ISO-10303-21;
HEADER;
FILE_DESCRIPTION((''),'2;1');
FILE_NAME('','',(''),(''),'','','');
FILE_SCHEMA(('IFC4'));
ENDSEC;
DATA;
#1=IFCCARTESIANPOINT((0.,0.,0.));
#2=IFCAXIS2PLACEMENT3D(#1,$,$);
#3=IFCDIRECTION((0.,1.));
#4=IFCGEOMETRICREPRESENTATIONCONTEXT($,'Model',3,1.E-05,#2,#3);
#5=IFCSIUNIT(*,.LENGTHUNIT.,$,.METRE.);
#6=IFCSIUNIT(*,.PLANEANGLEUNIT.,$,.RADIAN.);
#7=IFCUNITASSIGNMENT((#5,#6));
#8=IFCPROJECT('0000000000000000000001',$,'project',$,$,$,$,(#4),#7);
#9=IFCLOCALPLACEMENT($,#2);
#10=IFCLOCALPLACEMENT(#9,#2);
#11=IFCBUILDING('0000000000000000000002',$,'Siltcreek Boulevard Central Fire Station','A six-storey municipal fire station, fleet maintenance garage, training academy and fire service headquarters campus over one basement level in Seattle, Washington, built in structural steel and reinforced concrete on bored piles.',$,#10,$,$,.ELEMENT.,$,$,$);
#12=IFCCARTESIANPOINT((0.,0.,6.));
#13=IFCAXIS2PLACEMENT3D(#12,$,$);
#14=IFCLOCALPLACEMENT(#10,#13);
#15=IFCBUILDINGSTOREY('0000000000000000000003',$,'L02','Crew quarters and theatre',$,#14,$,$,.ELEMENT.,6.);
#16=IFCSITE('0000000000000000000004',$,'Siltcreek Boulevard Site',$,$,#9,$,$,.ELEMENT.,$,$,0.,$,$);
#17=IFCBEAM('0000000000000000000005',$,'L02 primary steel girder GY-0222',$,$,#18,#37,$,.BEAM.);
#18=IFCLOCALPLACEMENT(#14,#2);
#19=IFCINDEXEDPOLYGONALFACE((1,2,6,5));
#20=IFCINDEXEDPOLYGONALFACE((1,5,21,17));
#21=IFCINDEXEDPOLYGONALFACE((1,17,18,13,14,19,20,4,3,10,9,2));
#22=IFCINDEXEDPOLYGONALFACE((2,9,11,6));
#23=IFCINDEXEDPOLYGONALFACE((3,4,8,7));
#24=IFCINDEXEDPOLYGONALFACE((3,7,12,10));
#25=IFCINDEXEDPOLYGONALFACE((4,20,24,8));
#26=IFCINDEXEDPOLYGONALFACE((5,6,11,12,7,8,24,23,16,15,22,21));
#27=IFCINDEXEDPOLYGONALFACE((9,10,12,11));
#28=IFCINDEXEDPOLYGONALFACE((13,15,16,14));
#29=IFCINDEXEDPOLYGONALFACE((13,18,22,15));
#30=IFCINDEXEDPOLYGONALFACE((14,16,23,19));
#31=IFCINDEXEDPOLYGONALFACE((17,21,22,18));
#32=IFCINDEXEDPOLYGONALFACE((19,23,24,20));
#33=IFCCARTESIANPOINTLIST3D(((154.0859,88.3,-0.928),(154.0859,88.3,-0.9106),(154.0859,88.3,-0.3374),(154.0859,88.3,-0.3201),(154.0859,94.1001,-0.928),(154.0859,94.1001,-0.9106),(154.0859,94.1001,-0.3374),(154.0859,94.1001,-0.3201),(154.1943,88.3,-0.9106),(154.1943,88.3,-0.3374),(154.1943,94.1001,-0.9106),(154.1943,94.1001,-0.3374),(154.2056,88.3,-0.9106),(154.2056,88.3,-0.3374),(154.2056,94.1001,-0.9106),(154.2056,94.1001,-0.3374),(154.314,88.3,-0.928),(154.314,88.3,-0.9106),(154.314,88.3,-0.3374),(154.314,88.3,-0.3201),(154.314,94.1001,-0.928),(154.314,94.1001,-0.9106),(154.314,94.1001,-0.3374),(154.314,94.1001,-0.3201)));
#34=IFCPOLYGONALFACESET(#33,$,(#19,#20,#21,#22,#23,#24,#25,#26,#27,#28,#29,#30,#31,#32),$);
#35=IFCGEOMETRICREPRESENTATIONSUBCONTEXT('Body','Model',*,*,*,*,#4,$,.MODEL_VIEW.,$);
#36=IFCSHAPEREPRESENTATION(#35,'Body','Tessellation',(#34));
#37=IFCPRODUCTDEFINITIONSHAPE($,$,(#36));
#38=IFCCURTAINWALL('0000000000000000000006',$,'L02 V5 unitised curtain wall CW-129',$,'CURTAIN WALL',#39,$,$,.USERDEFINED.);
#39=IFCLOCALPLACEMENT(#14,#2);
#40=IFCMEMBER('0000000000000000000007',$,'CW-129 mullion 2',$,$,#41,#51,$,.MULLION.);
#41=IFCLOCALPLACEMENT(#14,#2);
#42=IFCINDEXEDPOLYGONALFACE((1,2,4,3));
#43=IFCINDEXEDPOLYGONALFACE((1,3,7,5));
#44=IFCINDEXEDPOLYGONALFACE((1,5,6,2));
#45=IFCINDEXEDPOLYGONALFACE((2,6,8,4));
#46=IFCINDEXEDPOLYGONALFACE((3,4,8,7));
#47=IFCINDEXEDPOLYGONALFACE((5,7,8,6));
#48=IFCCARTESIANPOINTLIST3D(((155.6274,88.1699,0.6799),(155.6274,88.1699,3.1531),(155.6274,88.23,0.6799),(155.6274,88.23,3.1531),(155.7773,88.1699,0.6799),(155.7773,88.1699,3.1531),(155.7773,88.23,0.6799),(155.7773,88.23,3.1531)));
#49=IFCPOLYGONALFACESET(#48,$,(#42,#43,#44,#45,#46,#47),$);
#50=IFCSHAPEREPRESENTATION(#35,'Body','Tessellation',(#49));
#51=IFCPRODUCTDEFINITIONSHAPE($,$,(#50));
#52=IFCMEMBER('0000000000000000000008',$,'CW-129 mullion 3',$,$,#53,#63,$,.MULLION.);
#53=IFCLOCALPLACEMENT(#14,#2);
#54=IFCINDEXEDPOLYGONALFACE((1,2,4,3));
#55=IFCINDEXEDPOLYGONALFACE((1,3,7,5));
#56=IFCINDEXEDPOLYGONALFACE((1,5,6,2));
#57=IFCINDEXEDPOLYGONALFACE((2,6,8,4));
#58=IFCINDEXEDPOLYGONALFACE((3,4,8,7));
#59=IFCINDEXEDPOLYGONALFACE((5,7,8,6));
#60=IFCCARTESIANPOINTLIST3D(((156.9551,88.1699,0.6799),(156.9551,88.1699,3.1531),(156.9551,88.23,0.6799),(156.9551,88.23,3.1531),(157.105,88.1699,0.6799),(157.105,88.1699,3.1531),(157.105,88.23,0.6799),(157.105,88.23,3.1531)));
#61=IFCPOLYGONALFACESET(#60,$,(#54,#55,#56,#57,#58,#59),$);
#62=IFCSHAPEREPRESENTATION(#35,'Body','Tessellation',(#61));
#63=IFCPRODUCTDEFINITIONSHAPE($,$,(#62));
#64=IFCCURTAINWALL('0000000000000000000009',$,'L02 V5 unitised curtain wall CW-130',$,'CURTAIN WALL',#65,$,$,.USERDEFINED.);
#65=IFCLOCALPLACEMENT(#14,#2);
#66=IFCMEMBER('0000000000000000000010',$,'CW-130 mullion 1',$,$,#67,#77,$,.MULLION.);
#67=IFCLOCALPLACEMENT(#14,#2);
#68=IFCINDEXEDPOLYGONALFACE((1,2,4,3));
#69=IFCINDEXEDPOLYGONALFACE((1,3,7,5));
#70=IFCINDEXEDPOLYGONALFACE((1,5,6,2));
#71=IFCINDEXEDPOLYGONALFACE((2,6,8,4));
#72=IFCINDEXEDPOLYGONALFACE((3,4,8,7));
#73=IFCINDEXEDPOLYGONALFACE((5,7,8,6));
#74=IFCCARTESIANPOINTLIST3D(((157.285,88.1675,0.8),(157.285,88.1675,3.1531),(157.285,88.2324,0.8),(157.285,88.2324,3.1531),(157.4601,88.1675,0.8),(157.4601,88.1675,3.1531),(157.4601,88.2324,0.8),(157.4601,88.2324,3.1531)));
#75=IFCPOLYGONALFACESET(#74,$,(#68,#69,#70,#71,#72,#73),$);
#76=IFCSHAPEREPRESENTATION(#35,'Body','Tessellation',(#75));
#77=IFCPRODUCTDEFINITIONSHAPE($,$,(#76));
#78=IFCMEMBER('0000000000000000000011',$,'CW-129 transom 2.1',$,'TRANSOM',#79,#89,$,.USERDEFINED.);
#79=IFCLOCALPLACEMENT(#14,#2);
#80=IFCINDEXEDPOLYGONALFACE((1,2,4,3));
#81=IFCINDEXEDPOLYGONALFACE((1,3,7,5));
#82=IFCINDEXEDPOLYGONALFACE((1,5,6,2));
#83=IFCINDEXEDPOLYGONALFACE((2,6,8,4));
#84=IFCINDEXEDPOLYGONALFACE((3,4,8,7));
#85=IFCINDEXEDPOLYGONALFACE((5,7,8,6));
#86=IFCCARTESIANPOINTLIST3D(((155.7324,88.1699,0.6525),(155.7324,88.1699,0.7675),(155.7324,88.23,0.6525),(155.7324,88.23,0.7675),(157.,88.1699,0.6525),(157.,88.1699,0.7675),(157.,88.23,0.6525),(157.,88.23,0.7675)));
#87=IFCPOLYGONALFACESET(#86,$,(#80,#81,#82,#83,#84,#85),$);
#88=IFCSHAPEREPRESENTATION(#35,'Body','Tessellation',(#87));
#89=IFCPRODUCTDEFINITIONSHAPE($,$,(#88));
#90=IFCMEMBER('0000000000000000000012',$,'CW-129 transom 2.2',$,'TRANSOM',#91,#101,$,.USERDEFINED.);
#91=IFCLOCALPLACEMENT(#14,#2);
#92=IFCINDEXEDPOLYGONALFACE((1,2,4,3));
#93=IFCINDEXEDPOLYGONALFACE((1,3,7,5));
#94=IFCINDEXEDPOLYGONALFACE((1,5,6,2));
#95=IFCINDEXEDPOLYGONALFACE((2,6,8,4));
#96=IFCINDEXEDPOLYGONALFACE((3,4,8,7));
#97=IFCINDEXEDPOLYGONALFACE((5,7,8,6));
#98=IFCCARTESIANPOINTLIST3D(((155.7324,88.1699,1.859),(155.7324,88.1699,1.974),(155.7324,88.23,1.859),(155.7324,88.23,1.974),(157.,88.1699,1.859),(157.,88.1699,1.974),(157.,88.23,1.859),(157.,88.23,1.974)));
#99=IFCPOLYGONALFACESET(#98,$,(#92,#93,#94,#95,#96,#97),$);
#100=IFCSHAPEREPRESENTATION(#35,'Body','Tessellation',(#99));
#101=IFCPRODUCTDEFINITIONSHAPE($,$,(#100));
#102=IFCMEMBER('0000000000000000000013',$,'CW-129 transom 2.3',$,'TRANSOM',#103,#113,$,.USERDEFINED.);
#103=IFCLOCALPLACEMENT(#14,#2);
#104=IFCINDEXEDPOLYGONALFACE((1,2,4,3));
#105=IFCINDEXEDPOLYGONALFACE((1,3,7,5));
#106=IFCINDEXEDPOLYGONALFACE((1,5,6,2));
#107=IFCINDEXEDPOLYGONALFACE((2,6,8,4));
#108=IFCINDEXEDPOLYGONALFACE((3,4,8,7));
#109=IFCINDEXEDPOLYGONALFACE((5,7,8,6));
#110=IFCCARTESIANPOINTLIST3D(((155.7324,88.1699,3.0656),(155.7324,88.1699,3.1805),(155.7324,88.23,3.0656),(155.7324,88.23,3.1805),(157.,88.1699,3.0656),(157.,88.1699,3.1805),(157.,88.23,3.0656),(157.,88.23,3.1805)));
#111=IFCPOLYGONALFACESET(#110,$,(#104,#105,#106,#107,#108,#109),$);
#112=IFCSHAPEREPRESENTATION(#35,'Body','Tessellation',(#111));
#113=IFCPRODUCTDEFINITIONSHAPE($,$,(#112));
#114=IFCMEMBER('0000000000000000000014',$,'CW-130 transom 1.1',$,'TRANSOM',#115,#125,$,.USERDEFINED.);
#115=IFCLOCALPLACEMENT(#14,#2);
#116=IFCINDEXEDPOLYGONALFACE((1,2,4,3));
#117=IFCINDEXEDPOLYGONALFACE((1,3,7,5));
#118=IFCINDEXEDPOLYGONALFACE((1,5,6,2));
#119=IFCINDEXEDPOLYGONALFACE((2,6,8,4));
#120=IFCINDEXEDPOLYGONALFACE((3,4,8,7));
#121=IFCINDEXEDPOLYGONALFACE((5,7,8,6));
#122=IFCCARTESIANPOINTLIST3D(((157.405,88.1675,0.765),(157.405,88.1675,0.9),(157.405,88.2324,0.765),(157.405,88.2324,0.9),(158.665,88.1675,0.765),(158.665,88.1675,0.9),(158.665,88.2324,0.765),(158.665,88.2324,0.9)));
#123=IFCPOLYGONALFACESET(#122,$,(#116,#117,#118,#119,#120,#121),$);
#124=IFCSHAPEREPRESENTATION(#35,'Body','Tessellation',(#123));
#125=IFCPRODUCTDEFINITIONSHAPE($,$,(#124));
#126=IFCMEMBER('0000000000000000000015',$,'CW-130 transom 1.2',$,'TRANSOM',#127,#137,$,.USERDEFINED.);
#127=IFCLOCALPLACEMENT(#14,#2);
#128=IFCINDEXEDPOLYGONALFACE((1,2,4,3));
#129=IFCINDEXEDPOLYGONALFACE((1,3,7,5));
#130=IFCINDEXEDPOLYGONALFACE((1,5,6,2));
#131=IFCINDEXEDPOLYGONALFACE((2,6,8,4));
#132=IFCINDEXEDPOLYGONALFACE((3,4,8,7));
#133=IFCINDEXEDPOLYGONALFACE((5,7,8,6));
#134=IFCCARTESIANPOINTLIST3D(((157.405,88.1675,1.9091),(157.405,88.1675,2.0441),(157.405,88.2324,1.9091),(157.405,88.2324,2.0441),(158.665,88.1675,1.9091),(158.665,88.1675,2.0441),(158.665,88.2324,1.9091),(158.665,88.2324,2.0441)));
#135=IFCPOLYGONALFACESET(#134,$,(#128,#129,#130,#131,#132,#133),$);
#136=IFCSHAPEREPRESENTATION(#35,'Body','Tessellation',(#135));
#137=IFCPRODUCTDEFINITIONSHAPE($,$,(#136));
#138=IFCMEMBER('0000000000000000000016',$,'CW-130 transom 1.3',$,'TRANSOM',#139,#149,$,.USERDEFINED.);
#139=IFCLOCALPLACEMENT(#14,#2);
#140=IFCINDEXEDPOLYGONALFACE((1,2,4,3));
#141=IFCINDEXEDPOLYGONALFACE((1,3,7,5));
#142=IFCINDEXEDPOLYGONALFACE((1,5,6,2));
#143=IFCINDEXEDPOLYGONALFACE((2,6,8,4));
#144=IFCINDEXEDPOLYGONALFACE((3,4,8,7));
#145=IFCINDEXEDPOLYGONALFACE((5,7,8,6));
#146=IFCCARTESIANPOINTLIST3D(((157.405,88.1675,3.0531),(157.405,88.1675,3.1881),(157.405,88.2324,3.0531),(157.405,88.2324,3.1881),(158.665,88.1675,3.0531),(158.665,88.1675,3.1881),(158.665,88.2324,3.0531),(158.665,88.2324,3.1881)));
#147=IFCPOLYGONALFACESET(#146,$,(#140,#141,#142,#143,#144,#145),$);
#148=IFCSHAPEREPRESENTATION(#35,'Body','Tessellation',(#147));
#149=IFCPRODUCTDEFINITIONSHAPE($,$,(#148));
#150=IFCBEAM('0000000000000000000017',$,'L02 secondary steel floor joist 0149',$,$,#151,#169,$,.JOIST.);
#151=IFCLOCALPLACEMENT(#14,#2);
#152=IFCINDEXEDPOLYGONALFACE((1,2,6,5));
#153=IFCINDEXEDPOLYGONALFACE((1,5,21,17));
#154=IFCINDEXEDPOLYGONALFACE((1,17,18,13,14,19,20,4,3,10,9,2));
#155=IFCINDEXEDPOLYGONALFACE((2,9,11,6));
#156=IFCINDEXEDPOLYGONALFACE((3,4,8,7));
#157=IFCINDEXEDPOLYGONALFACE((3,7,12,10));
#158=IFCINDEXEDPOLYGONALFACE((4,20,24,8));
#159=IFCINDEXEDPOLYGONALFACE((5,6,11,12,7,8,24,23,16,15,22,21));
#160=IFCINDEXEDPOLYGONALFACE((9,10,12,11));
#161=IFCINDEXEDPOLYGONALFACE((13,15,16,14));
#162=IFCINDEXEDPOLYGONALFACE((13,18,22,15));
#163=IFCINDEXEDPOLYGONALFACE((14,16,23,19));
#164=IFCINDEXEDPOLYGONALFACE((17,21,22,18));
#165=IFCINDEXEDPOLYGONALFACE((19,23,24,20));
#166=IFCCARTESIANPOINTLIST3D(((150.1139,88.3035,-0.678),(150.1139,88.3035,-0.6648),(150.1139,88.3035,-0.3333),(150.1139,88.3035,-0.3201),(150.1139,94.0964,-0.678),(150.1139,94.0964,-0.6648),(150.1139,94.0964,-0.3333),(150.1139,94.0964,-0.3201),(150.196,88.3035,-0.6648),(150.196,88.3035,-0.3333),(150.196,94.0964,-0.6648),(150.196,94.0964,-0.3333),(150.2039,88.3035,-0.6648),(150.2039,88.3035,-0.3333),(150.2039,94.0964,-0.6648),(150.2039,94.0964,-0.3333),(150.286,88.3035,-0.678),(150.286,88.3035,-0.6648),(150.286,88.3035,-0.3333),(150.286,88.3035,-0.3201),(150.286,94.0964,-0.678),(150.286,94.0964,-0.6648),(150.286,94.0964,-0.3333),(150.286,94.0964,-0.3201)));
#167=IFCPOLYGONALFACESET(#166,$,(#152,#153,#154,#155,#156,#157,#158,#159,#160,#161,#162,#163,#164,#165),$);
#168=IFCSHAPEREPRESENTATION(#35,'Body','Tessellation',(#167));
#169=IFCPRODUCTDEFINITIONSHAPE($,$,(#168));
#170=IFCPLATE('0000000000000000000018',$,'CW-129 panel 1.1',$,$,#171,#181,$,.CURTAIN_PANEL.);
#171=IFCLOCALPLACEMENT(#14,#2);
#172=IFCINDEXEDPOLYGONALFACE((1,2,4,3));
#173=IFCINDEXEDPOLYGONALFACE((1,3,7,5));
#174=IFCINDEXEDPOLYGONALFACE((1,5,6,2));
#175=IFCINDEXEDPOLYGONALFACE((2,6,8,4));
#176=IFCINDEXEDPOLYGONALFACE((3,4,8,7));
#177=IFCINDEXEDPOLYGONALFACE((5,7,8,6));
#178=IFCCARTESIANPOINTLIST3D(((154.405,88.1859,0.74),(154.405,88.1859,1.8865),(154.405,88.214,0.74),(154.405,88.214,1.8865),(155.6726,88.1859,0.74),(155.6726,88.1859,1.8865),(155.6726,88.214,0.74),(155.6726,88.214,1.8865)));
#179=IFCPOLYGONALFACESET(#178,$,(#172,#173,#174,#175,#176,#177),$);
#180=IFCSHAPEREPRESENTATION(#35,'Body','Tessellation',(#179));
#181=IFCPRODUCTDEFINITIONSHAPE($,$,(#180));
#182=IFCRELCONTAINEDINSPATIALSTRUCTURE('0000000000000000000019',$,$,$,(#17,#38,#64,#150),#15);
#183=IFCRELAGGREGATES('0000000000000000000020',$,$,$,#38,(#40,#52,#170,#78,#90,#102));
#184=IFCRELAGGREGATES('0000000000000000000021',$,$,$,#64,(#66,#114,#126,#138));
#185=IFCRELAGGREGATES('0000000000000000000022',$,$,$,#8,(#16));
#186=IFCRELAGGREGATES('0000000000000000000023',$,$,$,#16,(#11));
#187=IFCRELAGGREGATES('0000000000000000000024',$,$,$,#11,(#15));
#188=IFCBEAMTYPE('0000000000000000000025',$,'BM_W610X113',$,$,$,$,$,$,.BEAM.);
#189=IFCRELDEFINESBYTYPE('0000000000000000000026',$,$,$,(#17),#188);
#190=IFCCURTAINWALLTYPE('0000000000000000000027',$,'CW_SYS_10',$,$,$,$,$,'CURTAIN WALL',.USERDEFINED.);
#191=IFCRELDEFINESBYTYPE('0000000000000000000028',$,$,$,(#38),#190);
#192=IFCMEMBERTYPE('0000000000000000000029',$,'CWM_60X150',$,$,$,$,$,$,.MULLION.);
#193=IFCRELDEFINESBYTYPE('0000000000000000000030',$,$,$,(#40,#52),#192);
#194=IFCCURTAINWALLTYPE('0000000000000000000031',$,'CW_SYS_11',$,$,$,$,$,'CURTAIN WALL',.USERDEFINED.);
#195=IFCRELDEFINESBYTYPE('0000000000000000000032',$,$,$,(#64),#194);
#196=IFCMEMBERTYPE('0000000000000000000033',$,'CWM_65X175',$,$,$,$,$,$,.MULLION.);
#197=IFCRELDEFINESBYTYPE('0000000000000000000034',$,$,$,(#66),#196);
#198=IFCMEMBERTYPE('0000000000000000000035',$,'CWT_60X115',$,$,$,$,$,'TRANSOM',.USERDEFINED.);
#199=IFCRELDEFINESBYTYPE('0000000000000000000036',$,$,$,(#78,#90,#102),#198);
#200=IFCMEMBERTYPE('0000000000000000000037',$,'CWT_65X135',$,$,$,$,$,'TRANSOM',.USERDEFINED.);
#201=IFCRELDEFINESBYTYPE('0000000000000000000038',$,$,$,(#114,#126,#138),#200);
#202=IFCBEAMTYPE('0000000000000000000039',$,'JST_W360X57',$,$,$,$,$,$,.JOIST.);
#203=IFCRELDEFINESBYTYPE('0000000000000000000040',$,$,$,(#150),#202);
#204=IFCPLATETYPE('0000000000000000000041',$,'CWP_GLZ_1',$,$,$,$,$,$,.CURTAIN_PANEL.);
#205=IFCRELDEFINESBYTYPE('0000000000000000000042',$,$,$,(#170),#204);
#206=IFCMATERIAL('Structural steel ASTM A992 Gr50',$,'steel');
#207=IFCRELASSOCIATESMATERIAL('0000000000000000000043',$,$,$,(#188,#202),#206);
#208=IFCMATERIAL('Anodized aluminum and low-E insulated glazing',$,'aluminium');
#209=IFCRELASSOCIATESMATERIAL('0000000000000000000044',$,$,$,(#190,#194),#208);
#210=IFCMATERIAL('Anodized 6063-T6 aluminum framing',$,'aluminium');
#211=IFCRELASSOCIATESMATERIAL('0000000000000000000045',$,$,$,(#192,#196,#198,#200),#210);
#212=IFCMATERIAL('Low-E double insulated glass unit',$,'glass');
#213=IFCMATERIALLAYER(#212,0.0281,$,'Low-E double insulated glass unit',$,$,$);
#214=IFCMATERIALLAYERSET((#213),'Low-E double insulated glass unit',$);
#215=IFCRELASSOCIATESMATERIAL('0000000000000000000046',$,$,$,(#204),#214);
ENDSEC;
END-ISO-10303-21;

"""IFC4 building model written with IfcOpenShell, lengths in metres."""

from ifc_helpers import new_model, si_unit, direction, frame, origin, origin_2d, place, context, subcontext, project, spatial, rectangle, i_section, extrude, material, layer, layer_set, material_profile, profile_set, type_object, element, aggregate, save


model = new_model("IFC4")

# Units and contexts
model_context = context("Model", 3, precision=1e-05, world=origin(), true_north=direction((0.0, 1.0)))
body_context = subcontext(model_context, "Body", "Model", "MODEL_VIEW")
ifc_project = project(units=[si_unit("LENGTHUNIT", "METRE"), si_unit("PLANEANGLEUNIT", "RADIAN")], contexts=[model_context])

# Site, building, storey
site_placement = place(None, origin())
site = spatial("IfcSite", under=ifc_project, at=site_placement, Name="Siltcreek Boulevard Site", CompositionType="ELEMENT", RefElevation=0.0)
building_placement = place(site_placement, origin())
building = spatial("IfcBuilding", under=site, at=building_placement, Name="Siltcreek Boulevard Central Fire Station", Description="A six-storey municipal fire station, fleet maintenance garage, training academy and fire service headquarters campus over one basement level in Seattle, Washington, built in structural steel and reinforced concrete on bored piles.", CompositionType="ELEMENT")
storey_placement = place(building_placement, frame((0.0, 0.0, 6.0)))
storey = spatial("IfcBuildingStorey", under=building, at=storey_placement, Name="L02", Description="Crew quarters and theatre", CompositionType="ELEMENT", Elevation=6.0)

# Beam
ifc_material_1 = material(Name="Structural steel ASTM A992 Gr50", Category="steel")
ifc_material_profile_1 = material_profile(ifc_material_1, i_section(OverallWidth=0.228, OverallDepth=0.6079, WebThickness=0.0112, FlangeThickness=0.0173, at=origin_2d()), Name="W610X113")
ifc_profile_set_1 = profile_set([ifc_material_profile_1], Name="Structural steel ASTM A992 Gr50")
beam_type_1 = type_object("IfcBeamType", Name="BM_W610X113", PredefinedType="BEAM", material=ifc_profile_set_1)
beam_1_placement = place(storey_placement, frame((154.2, 88.3, -0.624), z_axis=(0.0, 1.0, 0.0), x_axis=(-1.0, 0.0, 0.0)))
element("IfcBeam", 1, at=beam_1_placement, inside=storey, type_object=beam_type_1, Name="L02 primary steel girder GY-0222", PredefinedType="BEAM", context=body_context, shape_type="SweptSolid", body=[
    extrude(i_section(OverallWidth=0.228, OverallDepth=0.6079, WebThickness=0.0112, FlangeThickness=0.0173, at=origin_2d()), origin(), (0.0, 0.0, 1.0), 5.8),
])

# Curtain wall, members
ifc_material_2 = material(Name="Anodized aluminum and low-E insulated glazing", Category="aluminium")
curtain_wall_type_1 = type_object("IfcCurtainWallType", Name="CW_SYS_10", ElementType="CURTAIN WALL", PredefinedType="USERDEFINED", material=ifc_material_2)
curtain_wall_1_placement = place(storey_placement, origin())
curtain_wall_1 = element("IfcCurtainWall", 2, at=curtain_wall_1_placement, inside=storey, type_object=curtain_wall_type_1, Name="L02 V5 unitised curtain wall CW-129", ObjectType="CURTAIN WALL", PredefinedType="USERDEFINED")
ifc_material_3 = material(Name="Anodized 6063-T6 aluminum framing", Category="aluminium")
ifc_material_profile_2 = material_profile(ifc_material_3, rectangle(XDim=0.0601, YDim=0.1499, at=origin_2d()), Name="MULL60X150")
ifc_profile_set_2 = profile_set([ifc_material_profile_2], Name="Anodized 6063-T6 aluminum framing")
member_type_1 = type_object("IfcMemberType", Name="CWM_60X150", PredefinedType="MULLION", material=ifc_profile_set_2)
member_1_placement = place(storey_placement, frame((155.7024, 88.2, 0.6799), z_axis=(0.0, 0.0, 1.0), x_axis=(0.0, 1.0, 0.0)))
member_1 = element("IfcMember", 3, at=member_1_placement, type_object=member_type_1, Name="CW-129 mullion 2", PredefinedType="MULLION", context=body_context, shape_type="SweptSolid", body=[
    extrude(rectangle(XDim=0.0601, YDim=0.1499, at=origin_2d()), origin(), (0.0, 0.0, 1.0), 2.4731),
])
member_2_placement = place(storey_placement, frame((157.03, 88.2, 0.6799), z_axis=(0.0, 0.0, 1.0), x_axis=(0.0, 1.0, 0.0)))
member_2 = element("IfcMember", 4, at=member_2_placement, type_object=member_type_1, Name="CW-129 mullion 3", PredefinedType="MULLION", context=body_context, shape_type="SweptSolid", body=[
    extrude(rectangle(XDim=0.0601, YDim=0.1499, at=origin_2d()), origin(), (0.0, 0.0, 1.0), 2.4731),
])

# Curtain wall, member
curtain_wall_type_2 = type_object("IfcCurtainWallType", Name="CW_SYS_11", ElementType="CURTAIN WALL", PredefinedType="USERDEFINED", material=ifc_material_2)
curtain_wall_2_placement = place(storey_placement, origin())
curtain_wall_2 = element("IfcCurtainWall", 5, at=curtain_wall_2_placement, inside=storey, type_object=curtain_wall_type_2, Name="L02 V5 unitised curtain wall CW-130", ObjectType="CURTAIN WALL", PredefinedType="USERDEFINED")
ifc_material_profile_3 = material_profile(ifc_material_3, rectangle(XDim=0.0649, YDim=0.175, at=origin_2d()), Name="MULL65X175")
ifc_profile_set_3 = profile_set([ifc_material_profile_3], Name="Anodized 6063-T6 aluminum framing")
member_type_2 = type_object("IfcMemberType", Name="CWM_65X175", PredefinedType="MULLION", material=ifc_profile_set_3)
member_3_placement = place(storey_placement, frame((157.3726, 88.2, 0.8), z_axis=(0.0, 0.0, 1.0), x_axis=(0.0, 1.0, 0.0)))
member_3 = element("IfcMember", 6, at=member_3_placement, type_object=member_type_2, Name="CW-130 mullion 1", PredefinedType="MULLION", context=body_context, shape_type="SweptSolid", body=[
    extrude(rectangle(XDim=0.0649, YDim=0.175, at=origin_2d()), origin(), (0.0, 0.0, 1.0), 2.353),
])

# Members
ifc_material_profile_4 = material_profile(ifc_material_3, rectangle(XDim=0.0601, YDim=0.115, at=origin_2d()), Name="TRAN60X115")
ifc_profile_set_4 = profile_set([ifc_material_profile_4], Name="Anodized 6063-T6 aluminum framing")
member_type_3 = type_object("IfcMemberType", Name="CWT_60X115", ElementType="TRANSOM", PredefinedType="USERDEFINED", material=ifc_profile_set_4)
member_4_placement = place(storey_placement, frame((155.7324, 88.2, 0.71), z_axis=(1.0, 0.0, 0.0), x_axis=(0.0, 1.0, 0.0)))
member_4 = element("IfcMember", 7, at=member_4_placement, type_object=member_type_3, Name="CW-129 transom 2.1", ObjectType="TRANSOM", PredefinedType="USERDEFINED", context=body_context, shape_type="SweptSolid", body=[
    extrude(rectangle(XDim=0.0601, YDim=0.115, at=origin_2d()), origin(), (0.0, 0.0, 1.0), 1.2676),
])
member_5_placement = place(storey_placement, frame((155.7324, 88.2, 1.9165), z_axis=(1.0, 0.0, 0.0), x_axis=(0.0, 1.0, 0.0)))
member_5 = element("IfcMember", 8, at=member_5_placement, type_object=member_type_3, Name="CW-129 transom 2.2", ObjectType="TRANSOM", PredefinedType="USERDEFINED", context=body_context, shape_type="SweptSolid", body=[
    extrude(rectangle(XDim=0.0601, YDim=0.115, at=origin_2d()), origin(), (0.0, 0.0, 1.0), 1.2676),
])
member_6_placement = place(storey_placement, frame((155.7324, 88.2, 3.123), z_axis=(1.0, 0.0, 0.0), x_axis=(0.0, 1.0, 0.0)))
member_6 = element("IfcMember", 9, at=member_6_placement, type_object=member_type_3, Name="CW-129 transom 2.3", ObjectType="TRANSOM", PredefinedType="USERDEFINED", context=body_context, shape_type="SweptSolid", body=[
    extrude(rectangle(XDim=0.0601, YDim=0.115, at=origin_2d()), origin(), (0.0, 0.0, 1.0), 1.2676),
])
ifc_material_profile_5 = material_profile(ifc_material_3, rectangle(XDim=0.0649, YDim=0.135, at=origin_2d()), Name="TRAN65X135")
ifc_profile_set_5 = profile_set([ifc_material_profile_5], Name="Anodized 6063-T6 aluminum framing")
member_type_4 = type_object("IfcMemberType", Name="CWT_65X135", ElementType="TRANSOM", PredefinedType="USERDEFINED", material=ifc_profile_set_5)
member_7_placement = place(storey_placement, frame((157.405, 88.2, 0.8325), z_axis=(1.0, 0.0, 0.0), x_axis=(0.0, 1.0, 0.0)))
member_7 = element("IfcMember", 10, at=member_7_placement, type_object=member_type_4, Name="CW-130 transom 1.1", ObjectType="TRANSOM", PredefinedType="USERDEFINED", context=body_context, shape_type="SweptSolid", body=[
    extrude(rectangle(XDim=0.0649, YDim=0.135, at=origin_2d()), origin(), (0.0, 0.0, 1.0), 1.26),
])
member_8_placement = place(storey_placement, frame((157.405, 88.2, 1.9766), z_axis=(1.0, 0.0, 0.0), x_axis=(0.0, 1.0, 0.0)))
member_8 = element("IfcMember", 11, at=member_8_placement, type_object=member_type_4, Name="CW-130 transom 1.2", ObjectType="TRANSOM", PredefinedType="USERDEFINED", context=body_context, shape_type="SweptSolid", body=[
    extrude(rectangle(XDim=0.0649, YDim=0.135, at=origin_2d()), origin(), (0.0, 0.0, 1.0), 1.26),
])
member_9_placement = place(storey_placement, frame((157.405, 88.2, 3.1206), z_axis=(1.0, 0.0, 0.0), x_axis=(0.0, 1.0, 0.0)))
member_9 = element("IfcMember", 12, at=member_9_placement, type_object=member_type_4, Name="CW-130 transom 1.3", ObjectType="TRANSOM", PredefinedType="USERDEFINED", context=body_context, shape_type="SweptSolid", body=[
    extrude(rectangle(XDim=0.0649, YDim=0.135, at=origin_2d()), origin(), (0.0, 0.0, 1.0), 1.26),
])

# Beam
ifc_material_profile_6 = material_profile(ifc_material_1, i_section(OverallWidth=0.1721, OverallDepth=0.3579, WebThickness=0.0078, FlangeThickness=0.0132, at=origin_2d()), Name="W360X57")
ifc_profile_set_6 = profile_set([ifc_material_profile_6], Name="Structural steel ASTM A992 Gr50")
beam_type_2 = type_object("IfcBeamType", Name="JST_W360X57", PredefinedType="JOIST", material=ifc_profile_set_6)
beam_2_placement = place(storey_placement, frame((150.2, 88.3035, -0.499), z_axis=(0.0, 1.0, 0.0), x_axis=(-1.0, 0.0, 0.0)))
element("IfcBeam", 13, at=beam_2_placement, inside=storey, type_object=beam_type_2, Name="L02 secondary steel floor joist 0149", PredefinedType="JOIST", context=body_context, shape_type="SweptSolid", body=[
    extrude(i_section(OverallWidth=0.1721, OverallDepth=0.3579, WebThickness=0.0078, FlangeThickness=0.0132, at=origin_2d()), origin(), (0.0, 0.0, 1.0), 5.793),
])

# Plate
ifc_material_4 = material(Name="Low-E double insulated glass unit", Category="glass")
ifc_layer_1 = layer(ifc_material_4, 0.0281, Name="Low-E double insulated glass unit")
ifc_layer_set_1 = layer_set([ifc_layer_1], Name="Low-E double insulated glass unit")
plate_type_1 = type_object("IfcPlateType", Name="CWP_GLZ_1", PredefinedType="CURTAIN_PANEL", material=ifc_layer_set_1)
plate_1_placement = place(storey_placement, frame((155.0388, 88.2, 0.74), z_axis=(0.0, 0.0, 1.0), x_axis=(1.0, 0.0, 0.0)))
plate_1 = element("IfcPlate", 14, at=plate_1_placement, type_object=plate_type_1, Name="CW-129 panel 1.1", PredefinedType="CURTAIN_PANEL", context=body_context, shape_type="SweptSolid", body=[
    extrude(rectangle(XDim=1.2676, YDim=0.0281, at=origin_2d()), origin(), (0.0, 0.0, 1.0), 1.1465),
])
aggregate(curtain_wall_1, [member_1, member_2, plate_1, member_4, member_5, member_6])
aggregate(curtain_wall_2, [member_3, member_7, member_8, member_9])

save(model, "model.ifc")
